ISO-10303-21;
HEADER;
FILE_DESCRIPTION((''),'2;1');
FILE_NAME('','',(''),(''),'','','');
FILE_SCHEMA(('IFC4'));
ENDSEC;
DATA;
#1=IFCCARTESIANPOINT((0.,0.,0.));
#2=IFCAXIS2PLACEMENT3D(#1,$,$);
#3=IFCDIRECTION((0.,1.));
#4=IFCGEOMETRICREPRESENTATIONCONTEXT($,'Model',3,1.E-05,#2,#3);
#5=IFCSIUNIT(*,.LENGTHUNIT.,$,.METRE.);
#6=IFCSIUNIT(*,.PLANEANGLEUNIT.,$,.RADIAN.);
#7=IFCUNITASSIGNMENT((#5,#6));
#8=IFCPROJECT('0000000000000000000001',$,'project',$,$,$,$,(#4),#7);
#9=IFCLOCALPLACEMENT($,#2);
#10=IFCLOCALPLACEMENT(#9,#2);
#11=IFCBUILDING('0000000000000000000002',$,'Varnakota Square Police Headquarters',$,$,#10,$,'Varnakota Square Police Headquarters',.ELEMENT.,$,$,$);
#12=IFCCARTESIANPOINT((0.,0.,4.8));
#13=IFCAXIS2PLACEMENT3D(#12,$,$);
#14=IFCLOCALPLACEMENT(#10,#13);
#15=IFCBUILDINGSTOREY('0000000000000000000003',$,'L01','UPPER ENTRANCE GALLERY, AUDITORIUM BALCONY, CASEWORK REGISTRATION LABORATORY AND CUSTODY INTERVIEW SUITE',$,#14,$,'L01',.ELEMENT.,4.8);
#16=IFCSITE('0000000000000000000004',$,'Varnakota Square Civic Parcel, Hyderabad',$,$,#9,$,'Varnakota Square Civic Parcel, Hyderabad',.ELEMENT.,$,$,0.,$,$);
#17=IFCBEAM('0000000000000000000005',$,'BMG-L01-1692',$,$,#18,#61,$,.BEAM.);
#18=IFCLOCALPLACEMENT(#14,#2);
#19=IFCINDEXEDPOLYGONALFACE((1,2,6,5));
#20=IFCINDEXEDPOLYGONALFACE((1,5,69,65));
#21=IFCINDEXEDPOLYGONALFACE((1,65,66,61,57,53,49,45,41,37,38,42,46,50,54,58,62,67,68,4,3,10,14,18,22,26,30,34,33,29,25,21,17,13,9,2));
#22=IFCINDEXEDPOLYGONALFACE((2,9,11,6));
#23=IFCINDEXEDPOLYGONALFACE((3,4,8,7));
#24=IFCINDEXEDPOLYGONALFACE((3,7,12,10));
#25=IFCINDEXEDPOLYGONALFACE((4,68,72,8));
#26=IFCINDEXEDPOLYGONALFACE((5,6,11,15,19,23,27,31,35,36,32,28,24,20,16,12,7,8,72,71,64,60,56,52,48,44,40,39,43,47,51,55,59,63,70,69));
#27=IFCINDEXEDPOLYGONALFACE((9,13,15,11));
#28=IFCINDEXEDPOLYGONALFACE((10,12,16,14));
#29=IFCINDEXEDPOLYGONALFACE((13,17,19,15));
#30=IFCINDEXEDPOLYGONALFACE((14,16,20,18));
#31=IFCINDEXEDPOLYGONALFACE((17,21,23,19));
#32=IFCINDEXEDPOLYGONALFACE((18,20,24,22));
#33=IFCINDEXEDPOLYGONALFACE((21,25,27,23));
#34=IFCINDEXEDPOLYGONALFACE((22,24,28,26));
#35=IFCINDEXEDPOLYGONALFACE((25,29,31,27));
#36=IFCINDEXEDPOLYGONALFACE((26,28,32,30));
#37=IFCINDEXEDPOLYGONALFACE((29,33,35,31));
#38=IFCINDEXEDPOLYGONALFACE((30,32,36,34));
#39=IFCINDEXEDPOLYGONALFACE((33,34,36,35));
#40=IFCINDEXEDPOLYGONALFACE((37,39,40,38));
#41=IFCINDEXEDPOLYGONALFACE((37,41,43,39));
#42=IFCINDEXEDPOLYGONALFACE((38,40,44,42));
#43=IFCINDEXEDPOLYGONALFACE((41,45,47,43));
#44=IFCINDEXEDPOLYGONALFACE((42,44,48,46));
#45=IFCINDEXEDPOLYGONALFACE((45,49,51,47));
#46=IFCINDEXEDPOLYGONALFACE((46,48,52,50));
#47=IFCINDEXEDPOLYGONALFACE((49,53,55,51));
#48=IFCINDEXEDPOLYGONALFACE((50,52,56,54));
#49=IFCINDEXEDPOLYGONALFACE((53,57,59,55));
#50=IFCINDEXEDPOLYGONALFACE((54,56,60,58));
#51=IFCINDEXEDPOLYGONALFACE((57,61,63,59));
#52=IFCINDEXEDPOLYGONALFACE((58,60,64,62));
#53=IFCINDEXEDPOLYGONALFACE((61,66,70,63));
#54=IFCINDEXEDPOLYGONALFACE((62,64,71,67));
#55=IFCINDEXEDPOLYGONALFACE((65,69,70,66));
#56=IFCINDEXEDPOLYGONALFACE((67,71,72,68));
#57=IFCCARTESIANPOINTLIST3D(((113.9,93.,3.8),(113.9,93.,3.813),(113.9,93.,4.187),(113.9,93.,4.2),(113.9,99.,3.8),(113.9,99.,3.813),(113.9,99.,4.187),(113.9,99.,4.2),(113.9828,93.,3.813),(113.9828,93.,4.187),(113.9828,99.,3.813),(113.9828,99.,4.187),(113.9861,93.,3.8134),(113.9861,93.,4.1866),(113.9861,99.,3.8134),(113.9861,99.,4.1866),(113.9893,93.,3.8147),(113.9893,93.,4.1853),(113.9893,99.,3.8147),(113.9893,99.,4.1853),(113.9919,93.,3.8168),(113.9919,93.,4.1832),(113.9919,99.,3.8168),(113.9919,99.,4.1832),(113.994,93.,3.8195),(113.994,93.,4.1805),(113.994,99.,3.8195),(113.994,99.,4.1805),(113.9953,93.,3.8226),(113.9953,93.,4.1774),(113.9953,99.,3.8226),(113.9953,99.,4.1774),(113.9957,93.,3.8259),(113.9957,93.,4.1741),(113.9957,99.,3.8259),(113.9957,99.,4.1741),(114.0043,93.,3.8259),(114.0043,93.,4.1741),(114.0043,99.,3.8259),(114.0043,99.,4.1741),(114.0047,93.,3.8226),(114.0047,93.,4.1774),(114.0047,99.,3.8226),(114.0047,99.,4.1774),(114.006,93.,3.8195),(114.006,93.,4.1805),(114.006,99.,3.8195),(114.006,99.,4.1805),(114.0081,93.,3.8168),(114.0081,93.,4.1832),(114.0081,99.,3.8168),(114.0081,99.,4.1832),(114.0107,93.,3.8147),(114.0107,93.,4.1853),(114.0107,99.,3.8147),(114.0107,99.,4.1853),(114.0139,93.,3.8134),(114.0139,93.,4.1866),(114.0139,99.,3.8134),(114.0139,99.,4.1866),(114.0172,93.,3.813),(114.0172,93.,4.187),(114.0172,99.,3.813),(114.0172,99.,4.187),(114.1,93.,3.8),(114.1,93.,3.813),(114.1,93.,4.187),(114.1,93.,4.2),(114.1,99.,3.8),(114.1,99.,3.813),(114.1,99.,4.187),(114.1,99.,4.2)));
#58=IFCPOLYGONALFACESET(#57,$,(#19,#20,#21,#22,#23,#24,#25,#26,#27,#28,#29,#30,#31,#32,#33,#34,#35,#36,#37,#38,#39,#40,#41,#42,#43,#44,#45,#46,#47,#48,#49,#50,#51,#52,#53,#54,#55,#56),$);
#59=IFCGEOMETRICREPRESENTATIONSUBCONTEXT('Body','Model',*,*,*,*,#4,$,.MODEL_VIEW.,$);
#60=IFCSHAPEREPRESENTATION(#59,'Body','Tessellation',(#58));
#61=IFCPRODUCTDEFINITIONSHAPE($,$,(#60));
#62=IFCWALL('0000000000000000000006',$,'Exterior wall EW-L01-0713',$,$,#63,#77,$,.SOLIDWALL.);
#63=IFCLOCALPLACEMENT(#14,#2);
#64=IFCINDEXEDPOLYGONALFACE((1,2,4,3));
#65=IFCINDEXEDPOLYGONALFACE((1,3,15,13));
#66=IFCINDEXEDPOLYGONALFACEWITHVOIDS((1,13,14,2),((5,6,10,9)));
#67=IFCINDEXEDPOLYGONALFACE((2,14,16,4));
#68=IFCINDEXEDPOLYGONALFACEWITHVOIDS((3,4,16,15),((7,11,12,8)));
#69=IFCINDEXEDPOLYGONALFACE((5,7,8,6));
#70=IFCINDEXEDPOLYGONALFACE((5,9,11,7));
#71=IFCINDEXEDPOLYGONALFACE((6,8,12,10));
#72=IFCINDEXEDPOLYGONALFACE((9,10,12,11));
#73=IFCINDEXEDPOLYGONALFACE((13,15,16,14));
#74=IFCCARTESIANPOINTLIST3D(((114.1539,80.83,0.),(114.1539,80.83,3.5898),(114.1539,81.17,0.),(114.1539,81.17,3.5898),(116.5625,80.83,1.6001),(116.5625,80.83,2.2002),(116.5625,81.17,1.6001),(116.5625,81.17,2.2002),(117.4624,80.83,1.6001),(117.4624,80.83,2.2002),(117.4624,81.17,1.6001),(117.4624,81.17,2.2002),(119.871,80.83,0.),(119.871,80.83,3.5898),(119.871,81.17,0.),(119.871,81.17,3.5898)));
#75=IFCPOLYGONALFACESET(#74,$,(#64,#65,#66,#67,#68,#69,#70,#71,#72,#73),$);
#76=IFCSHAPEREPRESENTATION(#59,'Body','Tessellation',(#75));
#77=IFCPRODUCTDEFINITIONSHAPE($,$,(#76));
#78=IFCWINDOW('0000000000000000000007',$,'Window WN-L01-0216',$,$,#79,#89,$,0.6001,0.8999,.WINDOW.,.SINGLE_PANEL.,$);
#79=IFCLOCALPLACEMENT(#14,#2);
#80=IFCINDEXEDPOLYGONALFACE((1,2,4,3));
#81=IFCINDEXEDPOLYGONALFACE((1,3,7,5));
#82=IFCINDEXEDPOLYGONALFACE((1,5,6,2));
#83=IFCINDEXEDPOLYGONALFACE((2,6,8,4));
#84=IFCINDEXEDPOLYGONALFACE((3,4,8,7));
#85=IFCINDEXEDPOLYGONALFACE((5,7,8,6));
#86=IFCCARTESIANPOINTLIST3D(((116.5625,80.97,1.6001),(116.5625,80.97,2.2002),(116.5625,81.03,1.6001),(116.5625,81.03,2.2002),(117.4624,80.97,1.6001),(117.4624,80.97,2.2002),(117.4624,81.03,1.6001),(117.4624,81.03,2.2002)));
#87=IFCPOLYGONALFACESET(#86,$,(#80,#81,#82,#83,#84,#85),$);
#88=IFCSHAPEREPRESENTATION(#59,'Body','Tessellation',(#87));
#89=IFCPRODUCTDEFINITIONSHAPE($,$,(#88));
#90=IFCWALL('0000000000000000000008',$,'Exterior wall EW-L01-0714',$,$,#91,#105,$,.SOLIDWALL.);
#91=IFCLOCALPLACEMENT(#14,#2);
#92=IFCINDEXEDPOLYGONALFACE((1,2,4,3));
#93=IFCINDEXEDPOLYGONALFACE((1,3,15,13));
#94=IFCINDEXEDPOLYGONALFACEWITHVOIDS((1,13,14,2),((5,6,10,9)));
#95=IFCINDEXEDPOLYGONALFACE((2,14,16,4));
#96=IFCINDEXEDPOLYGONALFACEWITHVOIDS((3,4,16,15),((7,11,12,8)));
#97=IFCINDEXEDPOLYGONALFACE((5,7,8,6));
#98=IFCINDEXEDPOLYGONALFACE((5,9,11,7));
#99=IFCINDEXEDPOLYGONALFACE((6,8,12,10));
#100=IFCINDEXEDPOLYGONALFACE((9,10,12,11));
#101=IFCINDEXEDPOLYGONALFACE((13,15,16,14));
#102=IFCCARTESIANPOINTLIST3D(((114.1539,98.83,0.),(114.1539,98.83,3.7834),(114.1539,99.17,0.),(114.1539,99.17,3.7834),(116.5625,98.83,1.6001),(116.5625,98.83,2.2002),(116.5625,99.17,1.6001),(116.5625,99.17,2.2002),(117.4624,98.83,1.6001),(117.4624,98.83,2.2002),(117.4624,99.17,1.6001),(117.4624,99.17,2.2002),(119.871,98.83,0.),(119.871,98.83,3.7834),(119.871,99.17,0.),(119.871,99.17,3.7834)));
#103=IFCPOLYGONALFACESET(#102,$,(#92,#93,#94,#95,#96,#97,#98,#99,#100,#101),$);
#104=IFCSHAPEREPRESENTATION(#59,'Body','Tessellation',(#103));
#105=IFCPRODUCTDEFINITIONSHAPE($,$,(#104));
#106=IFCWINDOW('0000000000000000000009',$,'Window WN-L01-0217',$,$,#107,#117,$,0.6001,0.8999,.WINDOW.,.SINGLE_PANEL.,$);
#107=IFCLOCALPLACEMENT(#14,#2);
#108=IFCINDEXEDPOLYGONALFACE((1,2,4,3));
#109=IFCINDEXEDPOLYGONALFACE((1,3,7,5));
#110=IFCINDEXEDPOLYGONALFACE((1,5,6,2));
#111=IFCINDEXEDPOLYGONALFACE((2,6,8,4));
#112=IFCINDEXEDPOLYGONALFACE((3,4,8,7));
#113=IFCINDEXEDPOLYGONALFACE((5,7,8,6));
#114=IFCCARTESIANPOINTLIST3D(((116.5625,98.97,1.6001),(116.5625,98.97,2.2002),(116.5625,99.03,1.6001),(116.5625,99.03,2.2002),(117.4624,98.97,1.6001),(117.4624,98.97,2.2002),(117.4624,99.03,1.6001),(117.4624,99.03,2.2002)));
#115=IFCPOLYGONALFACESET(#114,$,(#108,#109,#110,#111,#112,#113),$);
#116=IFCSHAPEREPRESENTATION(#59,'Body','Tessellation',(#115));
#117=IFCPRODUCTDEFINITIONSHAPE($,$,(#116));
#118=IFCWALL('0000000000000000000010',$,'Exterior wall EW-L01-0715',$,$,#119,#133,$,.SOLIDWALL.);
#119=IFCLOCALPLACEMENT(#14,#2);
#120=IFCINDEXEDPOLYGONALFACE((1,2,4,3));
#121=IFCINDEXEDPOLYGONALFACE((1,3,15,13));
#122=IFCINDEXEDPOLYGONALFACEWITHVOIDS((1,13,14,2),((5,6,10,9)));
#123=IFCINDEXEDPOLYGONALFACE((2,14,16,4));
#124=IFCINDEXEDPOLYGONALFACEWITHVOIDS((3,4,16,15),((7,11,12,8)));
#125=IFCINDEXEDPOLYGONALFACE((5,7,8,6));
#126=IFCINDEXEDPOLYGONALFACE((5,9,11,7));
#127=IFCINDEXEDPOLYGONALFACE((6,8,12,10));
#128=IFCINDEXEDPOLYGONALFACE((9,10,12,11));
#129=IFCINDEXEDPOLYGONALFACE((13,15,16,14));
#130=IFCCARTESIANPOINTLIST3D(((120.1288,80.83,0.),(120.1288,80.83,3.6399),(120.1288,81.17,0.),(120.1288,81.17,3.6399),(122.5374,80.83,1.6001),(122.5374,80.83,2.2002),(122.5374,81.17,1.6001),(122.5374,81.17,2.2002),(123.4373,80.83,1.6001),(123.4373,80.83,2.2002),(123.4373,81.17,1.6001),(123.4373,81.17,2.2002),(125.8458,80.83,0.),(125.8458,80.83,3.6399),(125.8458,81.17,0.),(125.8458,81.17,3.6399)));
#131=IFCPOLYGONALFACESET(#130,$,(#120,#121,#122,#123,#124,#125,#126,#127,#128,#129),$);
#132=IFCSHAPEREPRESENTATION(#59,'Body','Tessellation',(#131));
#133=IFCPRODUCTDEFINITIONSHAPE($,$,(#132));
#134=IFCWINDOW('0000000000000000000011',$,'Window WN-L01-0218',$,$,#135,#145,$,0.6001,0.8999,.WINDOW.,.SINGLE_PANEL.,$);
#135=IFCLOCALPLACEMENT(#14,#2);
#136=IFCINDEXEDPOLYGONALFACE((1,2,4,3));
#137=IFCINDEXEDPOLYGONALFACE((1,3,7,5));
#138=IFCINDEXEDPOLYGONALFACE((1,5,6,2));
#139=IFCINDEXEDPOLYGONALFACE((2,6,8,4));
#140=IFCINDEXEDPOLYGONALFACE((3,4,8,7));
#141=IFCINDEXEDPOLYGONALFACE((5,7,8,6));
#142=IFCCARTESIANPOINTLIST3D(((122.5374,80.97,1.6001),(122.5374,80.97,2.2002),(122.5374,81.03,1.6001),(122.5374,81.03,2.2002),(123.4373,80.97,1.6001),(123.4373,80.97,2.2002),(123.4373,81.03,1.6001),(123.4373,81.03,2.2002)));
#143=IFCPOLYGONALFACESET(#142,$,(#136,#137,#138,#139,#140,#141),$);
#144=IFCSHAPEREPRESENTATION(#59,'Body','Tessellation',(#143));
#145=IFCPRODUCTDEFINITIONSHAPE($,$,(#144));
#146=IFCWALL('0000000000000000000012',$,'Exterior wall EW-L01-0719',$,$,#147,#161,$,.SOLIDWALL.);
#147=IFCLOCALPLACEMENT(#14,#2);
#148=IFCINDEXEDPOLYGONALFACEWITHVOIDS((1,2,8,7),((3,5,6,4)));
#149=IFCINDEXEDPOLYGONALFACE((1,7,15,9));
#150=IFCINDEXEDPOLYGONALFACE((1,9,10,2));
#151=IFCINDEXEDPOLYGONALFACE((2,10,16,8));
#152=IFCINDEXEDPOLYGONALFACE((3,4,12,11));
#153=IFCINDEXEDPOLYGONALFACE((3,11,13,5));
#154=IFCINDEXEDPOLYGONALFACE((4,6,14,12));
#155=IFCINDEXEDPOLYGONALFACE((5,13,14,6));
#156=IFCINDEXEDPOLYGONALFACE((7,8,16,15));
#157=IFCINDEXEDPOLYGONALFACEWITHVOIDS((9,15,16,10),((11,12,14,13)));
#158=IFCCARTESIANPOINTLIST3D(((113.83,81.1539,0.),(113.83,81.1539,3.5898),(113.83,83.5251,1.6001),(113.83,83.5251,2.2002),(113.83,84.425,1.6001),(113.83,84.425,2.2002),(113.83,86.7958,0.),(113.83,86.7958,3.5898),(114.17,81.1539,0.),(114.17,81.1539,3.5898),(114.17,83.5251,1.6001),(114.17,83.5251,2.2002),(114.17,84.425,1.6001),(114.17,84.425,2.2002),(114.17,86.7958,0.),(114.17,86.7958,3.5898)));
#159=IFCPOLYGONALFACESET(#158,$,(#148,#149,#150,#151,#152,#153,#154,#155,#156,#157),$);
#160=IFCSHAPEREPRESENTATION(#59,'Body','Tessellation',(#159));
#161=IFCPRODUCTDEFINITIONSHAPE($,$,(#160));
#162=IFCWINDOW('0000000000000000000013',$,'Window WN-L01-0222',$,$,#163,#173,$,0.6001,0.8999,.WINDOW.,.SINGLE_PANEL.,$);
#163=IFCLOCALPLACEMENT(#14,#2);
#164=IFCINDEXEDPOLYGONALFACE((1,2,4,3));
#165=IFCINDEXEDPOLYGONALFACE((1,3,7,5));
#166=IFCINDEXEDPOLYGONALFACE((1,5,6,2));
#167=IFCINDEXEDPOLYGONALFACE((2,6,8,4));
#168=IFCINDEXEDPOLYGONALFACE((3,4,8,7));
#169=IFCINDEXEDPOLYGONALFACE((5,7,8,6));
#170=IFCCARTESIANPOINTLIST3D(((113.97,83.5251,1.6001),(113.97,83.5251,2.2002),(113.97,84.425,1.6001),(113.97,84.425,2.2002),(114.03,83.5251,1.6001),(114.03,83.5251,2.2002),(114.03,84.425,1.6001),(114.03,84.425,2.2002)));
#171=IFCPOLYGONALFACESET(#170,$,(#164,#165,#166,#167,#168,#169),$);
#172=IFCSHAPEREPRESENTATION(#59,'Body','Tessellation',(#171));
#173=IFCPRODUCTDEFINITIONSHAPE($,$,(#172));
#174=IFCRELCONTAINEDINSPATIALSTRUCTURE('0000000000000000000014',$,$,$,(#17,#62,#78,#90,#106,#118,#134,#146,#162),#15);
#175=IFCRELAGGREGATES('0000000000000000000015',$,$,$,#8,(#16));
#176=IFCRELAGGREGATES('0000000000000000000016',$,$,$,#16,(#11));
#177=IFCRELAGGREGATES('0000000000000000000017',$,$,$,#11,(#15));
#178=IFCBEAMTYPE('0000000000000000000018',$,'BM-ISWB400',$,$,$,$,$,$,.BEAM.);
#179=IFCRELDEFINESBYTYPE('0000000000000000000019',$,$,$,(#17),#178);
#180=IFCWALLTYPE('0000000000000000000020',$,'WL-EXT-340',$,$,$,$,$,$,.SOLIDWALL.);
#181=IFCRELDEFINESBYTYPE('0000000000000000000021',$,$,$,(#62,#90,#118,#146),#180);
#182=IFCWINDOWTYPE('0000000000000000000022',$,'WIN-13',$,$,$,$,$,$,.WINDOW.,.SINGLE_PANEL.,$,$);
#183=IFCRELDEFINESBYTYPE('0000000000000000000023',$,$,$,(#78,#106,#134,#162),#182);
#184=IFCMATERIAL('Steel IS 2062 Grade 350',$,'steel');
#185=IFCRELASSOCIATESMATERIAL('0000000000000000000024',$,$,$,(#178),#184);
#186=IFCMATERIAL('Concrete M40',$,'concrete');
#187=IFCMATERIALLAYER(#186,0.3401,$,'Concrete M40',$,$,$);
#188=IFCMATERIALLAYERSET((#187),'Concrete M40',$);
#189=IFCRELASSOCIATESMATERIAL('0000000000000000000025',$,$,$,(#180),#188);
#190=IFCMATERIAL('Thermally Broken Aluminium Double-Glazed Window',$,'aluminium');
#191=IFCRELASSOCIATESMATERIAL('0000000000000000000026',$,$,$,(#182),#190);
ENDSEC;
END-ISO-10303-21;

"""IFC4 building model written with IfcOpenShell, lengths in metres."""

from ifc_helpers import new_model, si_unit, direction, frame, frame_2d, origin, origin_2d, place, context, subcontext, project, spatial, rectangle, i_section, extrude, material, layer, layer_set, material_profile, profile_set, type_object, element, fill, save


model = new_model("IFC4")

# Units and contexts
model_context = context("Model", 3, precision=1e-05, world=origin(), true_north=direction((0.0, 1.0)))
body_context = subcontext(model_context, "Body", "Model", "MODEL_VIEW")
ifc_project = project(units=[si_unit("LENGTHUNIT", "METRE"), si_unit("PLANEANGLEUNIT", "RADIAN")], contexts=[model_context])

# Site, building, storey
site_placement = place(None, origin())
site = spatial("IfcSite", under=ifc_project, at=site_placement, Name="Varnakota Square Civic Parcel, Hyderabad", LongName="Varnakota Square Civic Parcel, Hyderabad", CompositionType="ELEMENT", RefElevation=0.0)
building_placement = place(site_placement, origin())
building = spatial("IfcBuilding", under=site, at=building_placement, Name="Varnakota Square Police Headquarters", LongName="Varnakota Square Police Headquarters", CompositionType="ELEMENT")
storey_placement = place(building_placement, frame((0.0, 0.0, 4.8)))
storey = spatial("IfcBuildingStorey", under=building, at=storey_placement, Name="L01", Description="UPPER ENTRANCE GALLERY, AUDITORIUM BALCONY, CASEWORK REGISTRATION LABORATORY AND CUSTODY INTERVIEW SUITE", LongName="L01", CompositionType="ELEMENT", Elevation=4.8)

# Shared definitions
ifc_material_1 = material(Name="Steel IS 2062 Grade 350", Category="steel")

# Beam
ifc_material_profile_1 = material_profile(ifc_material_1, i_section(OverallWidth=0.2, OverallDepth=0.3999, WebThickness=0.0085, FlangeThickness=0.0129, FilletRadius=0.0129, at=origin_2d()), Name="ISWB 400")
ifc_profile_set_1 = profile_set([ifc_material_profile_1], Name="Steel IS 2062 Grade 350")
beam_type_1 = type_object("IfcBeamType", Name="BM-ISWB400", PredefinedType="BEAM", material=ifc_profile_set_1)
beam_1_placement = place(storey_placement, frame((114.0, 93.0, 4.0), z_axis=(0.0, 1.0, 0.0), x_axis=(-1.0, 0.0, 0.0)))
element("IfcBeam", 1, at=beam_1_placement, inside=storey, type_object=beam_type_1, Name="BMG-L01-1692", PredefinedType="BEAM", context=body_context, shape_type="SweptSolid", body=[
    extrude(i_section(OverallWidth=0.2, OverallDepth=0.3999, WebThickness=0.0085, FlangeThickness=0.0129, FilletRadius=0.0129, at=origin_2d()), origin(), (0.0, 0.0, 1.0), 6.0),
])

# Walls, openings, windows
ifc_material_2 = material(Name="Concrete M40", Category="concrete")
ifc_layer = layer(ifc_material_2, 0.3401, Name="Concrete M40")
ifc_layer_set = layer_set([ifc_layer], Name="Concrete M40")
wall_type = type_object("IfcWallType", Name="WL-EXT-340", PredefinedType="SOLIDWALL", material=ifc_layer_set)
wall_1_placement = place(storey_placement, frame((114.1541, 81.0, 0.0), z_axis=(0.0, 0.0, 1.0), x_axis=(1.0, 0.0, 0.0)))
wall_1 = element("IfcWall", 2, at=wall_1_placement, inside=storey, type_object=wall_type, Name="Exterior wall EW-L01-0713", PredefinedType="SOLIDWALL", context=body_context, shape_type="SweptSolid", body=[
    extrude(rectangle(XDim=5.717, YDim=0.3401, at=frame_2d((2.8584, 0.0))), origin(), (0.0, 0.0, 1.0), 3.5898),
])
opening_1_placement = place(wall_1_placement, frame((2.4084, 0.0, 1.6001)))
opening_1 = element("IfcOpeningElement", 3, at=opening_1_placement, cuts=wall_1, PredefinedType="OPENING", context=body_context, shape_type="SweptSolid", body=[
    extrude(rectangle(XDim=0.8999, YDim=0.6001, at=frame_2d((0.45, 0.3))), frame((0.0, 0.1799, 0.0), z_axis=(0.0, -1.0, 0.0), x_axis=(1.0, 0.0, 0.0)), (0.0, 0.0, 1.0), 0.3601),
])
ifc_material_3 = material(Name="Thermally Broken Aluminium Double-Glazed Window", Category="aluminium")
window_type = type_object("IfcWindowType", Name="WIN-13", PartitioningType="SINGLE_PANEL", PredefinedType="WINDOW", material=ifc_material_3)
window_1_placement = place(opening_1_placement, origin())
window_1 = element("IfcWindow", 4, at=window_1_placement, inside=storey, type_object=window_type, Name="Window WN-L01-0216", OverallHeight=0.6001, OverallWidth=0.8999, PartitioningType="SINGLE_PANEL", PredefinedType="WINDOW", context=body_context, shape_type="SweptSolid", body=[
    extrude(rectangle(XDim=0.8999, YDim=0.6001, at=frame_2d((0.45, 0.3))), frame((0.0, 0.03, 0.0), z_axis=(0.0, -1.0, 0.0), x_axis=(1.0, 0.0, 0.0)), (0.0, 0.0, 1.0), 0.0601),
])
fill(opening_1, window_1)
wall_2_placement = place(storey_placement, frame((114.1541, 99.0, 0.0), z_axis=(0.0, 0.0, 1.0), x_axis=(1.0, 0.0, 0.0)))
wall_2 = element("IfcWall", 5, at=wall_2_placement, inside=storey, type_object=wall_type, Name="Exterior wall EW-L01-0714", PredefinedType="SOLIDWALL", context=body_context, shape_type="SweptSolid", body=[
    extrude(rectangle(XDim=5.717, YDim=0.3401, at=frame_2d((2.8584, 0.0))), origin(), (0.0, 0.0, 1.0), 3.7834),
])
opening_2_placement = place(wall_2_placement, frame((2.4084, 0.0, 1.6001)))
opening_2 = element("IfcOpeningElement", 6, at=opening_2_placement, cuts=wall_2, PredefinedType="OPENING", context=body_context, shape_type="SweptSolid", body=[
    extrude(rectangle(XDim=0.8999, YDim=0.6001, at=frame_2d((0.45, 0.3))), frame((0.0, 0.1799, 0.0), z_axis=(0.0, -1.0, 0.0), x_axis=(1.0, 0.0, 0.0)), (0.0, 0.0, 1.0), 0.3601),
])
window_2_placement = place(opening_2_placement, origin())
window_2 = element("IfcWindow", 7, at=window_2_placement, inside=storey, type_object=window_type, Name="Window WN-L01-0217", OverallHeight=0.6001, OverallWidth=0.8999, PartitioningType="SINGLE_PANEL", PredefinedType="WINDOW", context=body_context, shape_type="SweptSolid", body=[
    extrude(rectangle(XDim=0.8999, YDim=0.6001, at=frame_2d((0.45, 0.3))), frame((0.0, 0.03, 0.0), z_axis=(0.0, -1.0, 0.0), x_axis=(1.0, 0.0, 0.0)), (0.0, 0.0, 1.0), 0.0601),
])
fill(opening_2, window_2)
wall_3_placement = place(storey_placement, frame((120.1289, 81.0, 0.0), z_axis=(0.0, 0.0, 1.0), x_axis=(1.0, 0.0, 0.0)))
wall_3 = element("IfcWall", 8, at=wall_3_placement, inside=storey, type_object=wall_type, Name="Exterior wall EW-L01-0715", PredefinedType="SOLIDWALL", context=body_context, shape_type="SweptSolid", body=[
    extrude(rectangle(XDim=5.717, YDim=0.3401, at=frame_2d((2.8584, 0.0))), origin(), (0.0, 0.0, 1.0), 3.6399),
])
opening_3_placement = place(wall_3_placement, frame((2.4084, 0.0, 1.6001)))
opening_3 = element("IfcOpeningElement", 9, at=opening_3_placement, cuts=wall_3, PredefinedType="OPENING", context=body_context, shape_type="SweptSolid", body=[
    extrude(rectangle(XDim=0.8999, YDim=0.6001, at=frame_2d((0.45, 0.3))), frame((0.0, 0.1799, 0.0), z_axis=(0.0, -1.0, 0.0), x_axis=(1.0, 0.0, 0.0)), (0.0, 0.0, 1.0), 0.3601),
])
window_3_placement = place(opening_3_placement, origin())
window_3 = element("IfcWindow", 10, at=window_3_placement, inside=storey, type_object=window_type, Name="Window WN-L01-0218", OverallHeight=0.6001, OverallWidth=0.8999, PartitioningType="SINGLE_PANEL", PredefinedType="WINDOW", context=body_context, shape_type="SweptSolid", body=[
    extrude(rectangle(XDim=0.8999, YDim=0.6001, at=frame_2d((0.45, 0.3))), frame((0.0, 0.03, 0.0), z_axis=(0.0, -1.0, 0.0), x_axis=(1.0, 0.0, 0.0)), (0.0, 0.0, 1.0), 0.0601),
])
fill(opening_3, window_3)
wall_4_placement = place(storey_placement, frame((114.0, 81.1541, 0.0), z_axis=(0.0, 0.0, 1.0), x_axis=(0.0, 1.0, 0.0)))
wall_4 = element("IfcWall", 11, at=wall_4_placement, inside=storey, type_object=wall_type, Name="Exterior wall EW-L01-0719", PredefinedType="SOLIDWALL", context=body_context, shape_type="SweptSolid", body=[
    extrude(rectangle(XDim=5.6418, YDim=0.3401, at=frame_2d((2.8208, 0.0))), origin(), (0.0, 0.0, 1.0), 3.5898),
])
opening_4_placement = place(wall_4_placement, frame((2.3711, 0.0, 1.6001)))
opening_4 = element("IfcOpeningElement", 12, at=opening_4_placement, cuts=wall_4, PredefinedType="OPENING", context=body_context, shape_type="SweptSolid", body=[
    extrude(rectangle(XDim=0.8999, YDim=0.6001, at=frame_2d((0.45, 0.3))), frame((0.0, 0.1799, 0.0), z_axis=(0.0, -1.0, 0.0), x_axis=(1.0, 0.0, 0.0)), (0.0, 0.0, 1.0), 0.3601),
])
window_4_placement = place(opening_4_placement, origin())
window_4 = element("IfcWindow", 13, at=window_4_placement, inside=storey, type_object=window_type, Name="Window WN-L01-0222", OverallHeight=0.6001, OverallWidth=0.8999, PartitioningType="SINGLE_PANEL", PredefinedType="WINDOW", context=body_context, shape_type="SweptSolid", body=[
    extrude(rectangle(XDim=0.8999, YDim=0.6001, at=frame_2d((0.45, 0.3))), frame((0.0, 0.03, 0.0), z_axis=(0.0, -1.0, 0.0), x_axis=(1.0, 0.0, 0.0)), (0.0, 0.0, 1.0), 0.0601),
])
fill(opening_4, window_4)

save(model, "model.ifc")
